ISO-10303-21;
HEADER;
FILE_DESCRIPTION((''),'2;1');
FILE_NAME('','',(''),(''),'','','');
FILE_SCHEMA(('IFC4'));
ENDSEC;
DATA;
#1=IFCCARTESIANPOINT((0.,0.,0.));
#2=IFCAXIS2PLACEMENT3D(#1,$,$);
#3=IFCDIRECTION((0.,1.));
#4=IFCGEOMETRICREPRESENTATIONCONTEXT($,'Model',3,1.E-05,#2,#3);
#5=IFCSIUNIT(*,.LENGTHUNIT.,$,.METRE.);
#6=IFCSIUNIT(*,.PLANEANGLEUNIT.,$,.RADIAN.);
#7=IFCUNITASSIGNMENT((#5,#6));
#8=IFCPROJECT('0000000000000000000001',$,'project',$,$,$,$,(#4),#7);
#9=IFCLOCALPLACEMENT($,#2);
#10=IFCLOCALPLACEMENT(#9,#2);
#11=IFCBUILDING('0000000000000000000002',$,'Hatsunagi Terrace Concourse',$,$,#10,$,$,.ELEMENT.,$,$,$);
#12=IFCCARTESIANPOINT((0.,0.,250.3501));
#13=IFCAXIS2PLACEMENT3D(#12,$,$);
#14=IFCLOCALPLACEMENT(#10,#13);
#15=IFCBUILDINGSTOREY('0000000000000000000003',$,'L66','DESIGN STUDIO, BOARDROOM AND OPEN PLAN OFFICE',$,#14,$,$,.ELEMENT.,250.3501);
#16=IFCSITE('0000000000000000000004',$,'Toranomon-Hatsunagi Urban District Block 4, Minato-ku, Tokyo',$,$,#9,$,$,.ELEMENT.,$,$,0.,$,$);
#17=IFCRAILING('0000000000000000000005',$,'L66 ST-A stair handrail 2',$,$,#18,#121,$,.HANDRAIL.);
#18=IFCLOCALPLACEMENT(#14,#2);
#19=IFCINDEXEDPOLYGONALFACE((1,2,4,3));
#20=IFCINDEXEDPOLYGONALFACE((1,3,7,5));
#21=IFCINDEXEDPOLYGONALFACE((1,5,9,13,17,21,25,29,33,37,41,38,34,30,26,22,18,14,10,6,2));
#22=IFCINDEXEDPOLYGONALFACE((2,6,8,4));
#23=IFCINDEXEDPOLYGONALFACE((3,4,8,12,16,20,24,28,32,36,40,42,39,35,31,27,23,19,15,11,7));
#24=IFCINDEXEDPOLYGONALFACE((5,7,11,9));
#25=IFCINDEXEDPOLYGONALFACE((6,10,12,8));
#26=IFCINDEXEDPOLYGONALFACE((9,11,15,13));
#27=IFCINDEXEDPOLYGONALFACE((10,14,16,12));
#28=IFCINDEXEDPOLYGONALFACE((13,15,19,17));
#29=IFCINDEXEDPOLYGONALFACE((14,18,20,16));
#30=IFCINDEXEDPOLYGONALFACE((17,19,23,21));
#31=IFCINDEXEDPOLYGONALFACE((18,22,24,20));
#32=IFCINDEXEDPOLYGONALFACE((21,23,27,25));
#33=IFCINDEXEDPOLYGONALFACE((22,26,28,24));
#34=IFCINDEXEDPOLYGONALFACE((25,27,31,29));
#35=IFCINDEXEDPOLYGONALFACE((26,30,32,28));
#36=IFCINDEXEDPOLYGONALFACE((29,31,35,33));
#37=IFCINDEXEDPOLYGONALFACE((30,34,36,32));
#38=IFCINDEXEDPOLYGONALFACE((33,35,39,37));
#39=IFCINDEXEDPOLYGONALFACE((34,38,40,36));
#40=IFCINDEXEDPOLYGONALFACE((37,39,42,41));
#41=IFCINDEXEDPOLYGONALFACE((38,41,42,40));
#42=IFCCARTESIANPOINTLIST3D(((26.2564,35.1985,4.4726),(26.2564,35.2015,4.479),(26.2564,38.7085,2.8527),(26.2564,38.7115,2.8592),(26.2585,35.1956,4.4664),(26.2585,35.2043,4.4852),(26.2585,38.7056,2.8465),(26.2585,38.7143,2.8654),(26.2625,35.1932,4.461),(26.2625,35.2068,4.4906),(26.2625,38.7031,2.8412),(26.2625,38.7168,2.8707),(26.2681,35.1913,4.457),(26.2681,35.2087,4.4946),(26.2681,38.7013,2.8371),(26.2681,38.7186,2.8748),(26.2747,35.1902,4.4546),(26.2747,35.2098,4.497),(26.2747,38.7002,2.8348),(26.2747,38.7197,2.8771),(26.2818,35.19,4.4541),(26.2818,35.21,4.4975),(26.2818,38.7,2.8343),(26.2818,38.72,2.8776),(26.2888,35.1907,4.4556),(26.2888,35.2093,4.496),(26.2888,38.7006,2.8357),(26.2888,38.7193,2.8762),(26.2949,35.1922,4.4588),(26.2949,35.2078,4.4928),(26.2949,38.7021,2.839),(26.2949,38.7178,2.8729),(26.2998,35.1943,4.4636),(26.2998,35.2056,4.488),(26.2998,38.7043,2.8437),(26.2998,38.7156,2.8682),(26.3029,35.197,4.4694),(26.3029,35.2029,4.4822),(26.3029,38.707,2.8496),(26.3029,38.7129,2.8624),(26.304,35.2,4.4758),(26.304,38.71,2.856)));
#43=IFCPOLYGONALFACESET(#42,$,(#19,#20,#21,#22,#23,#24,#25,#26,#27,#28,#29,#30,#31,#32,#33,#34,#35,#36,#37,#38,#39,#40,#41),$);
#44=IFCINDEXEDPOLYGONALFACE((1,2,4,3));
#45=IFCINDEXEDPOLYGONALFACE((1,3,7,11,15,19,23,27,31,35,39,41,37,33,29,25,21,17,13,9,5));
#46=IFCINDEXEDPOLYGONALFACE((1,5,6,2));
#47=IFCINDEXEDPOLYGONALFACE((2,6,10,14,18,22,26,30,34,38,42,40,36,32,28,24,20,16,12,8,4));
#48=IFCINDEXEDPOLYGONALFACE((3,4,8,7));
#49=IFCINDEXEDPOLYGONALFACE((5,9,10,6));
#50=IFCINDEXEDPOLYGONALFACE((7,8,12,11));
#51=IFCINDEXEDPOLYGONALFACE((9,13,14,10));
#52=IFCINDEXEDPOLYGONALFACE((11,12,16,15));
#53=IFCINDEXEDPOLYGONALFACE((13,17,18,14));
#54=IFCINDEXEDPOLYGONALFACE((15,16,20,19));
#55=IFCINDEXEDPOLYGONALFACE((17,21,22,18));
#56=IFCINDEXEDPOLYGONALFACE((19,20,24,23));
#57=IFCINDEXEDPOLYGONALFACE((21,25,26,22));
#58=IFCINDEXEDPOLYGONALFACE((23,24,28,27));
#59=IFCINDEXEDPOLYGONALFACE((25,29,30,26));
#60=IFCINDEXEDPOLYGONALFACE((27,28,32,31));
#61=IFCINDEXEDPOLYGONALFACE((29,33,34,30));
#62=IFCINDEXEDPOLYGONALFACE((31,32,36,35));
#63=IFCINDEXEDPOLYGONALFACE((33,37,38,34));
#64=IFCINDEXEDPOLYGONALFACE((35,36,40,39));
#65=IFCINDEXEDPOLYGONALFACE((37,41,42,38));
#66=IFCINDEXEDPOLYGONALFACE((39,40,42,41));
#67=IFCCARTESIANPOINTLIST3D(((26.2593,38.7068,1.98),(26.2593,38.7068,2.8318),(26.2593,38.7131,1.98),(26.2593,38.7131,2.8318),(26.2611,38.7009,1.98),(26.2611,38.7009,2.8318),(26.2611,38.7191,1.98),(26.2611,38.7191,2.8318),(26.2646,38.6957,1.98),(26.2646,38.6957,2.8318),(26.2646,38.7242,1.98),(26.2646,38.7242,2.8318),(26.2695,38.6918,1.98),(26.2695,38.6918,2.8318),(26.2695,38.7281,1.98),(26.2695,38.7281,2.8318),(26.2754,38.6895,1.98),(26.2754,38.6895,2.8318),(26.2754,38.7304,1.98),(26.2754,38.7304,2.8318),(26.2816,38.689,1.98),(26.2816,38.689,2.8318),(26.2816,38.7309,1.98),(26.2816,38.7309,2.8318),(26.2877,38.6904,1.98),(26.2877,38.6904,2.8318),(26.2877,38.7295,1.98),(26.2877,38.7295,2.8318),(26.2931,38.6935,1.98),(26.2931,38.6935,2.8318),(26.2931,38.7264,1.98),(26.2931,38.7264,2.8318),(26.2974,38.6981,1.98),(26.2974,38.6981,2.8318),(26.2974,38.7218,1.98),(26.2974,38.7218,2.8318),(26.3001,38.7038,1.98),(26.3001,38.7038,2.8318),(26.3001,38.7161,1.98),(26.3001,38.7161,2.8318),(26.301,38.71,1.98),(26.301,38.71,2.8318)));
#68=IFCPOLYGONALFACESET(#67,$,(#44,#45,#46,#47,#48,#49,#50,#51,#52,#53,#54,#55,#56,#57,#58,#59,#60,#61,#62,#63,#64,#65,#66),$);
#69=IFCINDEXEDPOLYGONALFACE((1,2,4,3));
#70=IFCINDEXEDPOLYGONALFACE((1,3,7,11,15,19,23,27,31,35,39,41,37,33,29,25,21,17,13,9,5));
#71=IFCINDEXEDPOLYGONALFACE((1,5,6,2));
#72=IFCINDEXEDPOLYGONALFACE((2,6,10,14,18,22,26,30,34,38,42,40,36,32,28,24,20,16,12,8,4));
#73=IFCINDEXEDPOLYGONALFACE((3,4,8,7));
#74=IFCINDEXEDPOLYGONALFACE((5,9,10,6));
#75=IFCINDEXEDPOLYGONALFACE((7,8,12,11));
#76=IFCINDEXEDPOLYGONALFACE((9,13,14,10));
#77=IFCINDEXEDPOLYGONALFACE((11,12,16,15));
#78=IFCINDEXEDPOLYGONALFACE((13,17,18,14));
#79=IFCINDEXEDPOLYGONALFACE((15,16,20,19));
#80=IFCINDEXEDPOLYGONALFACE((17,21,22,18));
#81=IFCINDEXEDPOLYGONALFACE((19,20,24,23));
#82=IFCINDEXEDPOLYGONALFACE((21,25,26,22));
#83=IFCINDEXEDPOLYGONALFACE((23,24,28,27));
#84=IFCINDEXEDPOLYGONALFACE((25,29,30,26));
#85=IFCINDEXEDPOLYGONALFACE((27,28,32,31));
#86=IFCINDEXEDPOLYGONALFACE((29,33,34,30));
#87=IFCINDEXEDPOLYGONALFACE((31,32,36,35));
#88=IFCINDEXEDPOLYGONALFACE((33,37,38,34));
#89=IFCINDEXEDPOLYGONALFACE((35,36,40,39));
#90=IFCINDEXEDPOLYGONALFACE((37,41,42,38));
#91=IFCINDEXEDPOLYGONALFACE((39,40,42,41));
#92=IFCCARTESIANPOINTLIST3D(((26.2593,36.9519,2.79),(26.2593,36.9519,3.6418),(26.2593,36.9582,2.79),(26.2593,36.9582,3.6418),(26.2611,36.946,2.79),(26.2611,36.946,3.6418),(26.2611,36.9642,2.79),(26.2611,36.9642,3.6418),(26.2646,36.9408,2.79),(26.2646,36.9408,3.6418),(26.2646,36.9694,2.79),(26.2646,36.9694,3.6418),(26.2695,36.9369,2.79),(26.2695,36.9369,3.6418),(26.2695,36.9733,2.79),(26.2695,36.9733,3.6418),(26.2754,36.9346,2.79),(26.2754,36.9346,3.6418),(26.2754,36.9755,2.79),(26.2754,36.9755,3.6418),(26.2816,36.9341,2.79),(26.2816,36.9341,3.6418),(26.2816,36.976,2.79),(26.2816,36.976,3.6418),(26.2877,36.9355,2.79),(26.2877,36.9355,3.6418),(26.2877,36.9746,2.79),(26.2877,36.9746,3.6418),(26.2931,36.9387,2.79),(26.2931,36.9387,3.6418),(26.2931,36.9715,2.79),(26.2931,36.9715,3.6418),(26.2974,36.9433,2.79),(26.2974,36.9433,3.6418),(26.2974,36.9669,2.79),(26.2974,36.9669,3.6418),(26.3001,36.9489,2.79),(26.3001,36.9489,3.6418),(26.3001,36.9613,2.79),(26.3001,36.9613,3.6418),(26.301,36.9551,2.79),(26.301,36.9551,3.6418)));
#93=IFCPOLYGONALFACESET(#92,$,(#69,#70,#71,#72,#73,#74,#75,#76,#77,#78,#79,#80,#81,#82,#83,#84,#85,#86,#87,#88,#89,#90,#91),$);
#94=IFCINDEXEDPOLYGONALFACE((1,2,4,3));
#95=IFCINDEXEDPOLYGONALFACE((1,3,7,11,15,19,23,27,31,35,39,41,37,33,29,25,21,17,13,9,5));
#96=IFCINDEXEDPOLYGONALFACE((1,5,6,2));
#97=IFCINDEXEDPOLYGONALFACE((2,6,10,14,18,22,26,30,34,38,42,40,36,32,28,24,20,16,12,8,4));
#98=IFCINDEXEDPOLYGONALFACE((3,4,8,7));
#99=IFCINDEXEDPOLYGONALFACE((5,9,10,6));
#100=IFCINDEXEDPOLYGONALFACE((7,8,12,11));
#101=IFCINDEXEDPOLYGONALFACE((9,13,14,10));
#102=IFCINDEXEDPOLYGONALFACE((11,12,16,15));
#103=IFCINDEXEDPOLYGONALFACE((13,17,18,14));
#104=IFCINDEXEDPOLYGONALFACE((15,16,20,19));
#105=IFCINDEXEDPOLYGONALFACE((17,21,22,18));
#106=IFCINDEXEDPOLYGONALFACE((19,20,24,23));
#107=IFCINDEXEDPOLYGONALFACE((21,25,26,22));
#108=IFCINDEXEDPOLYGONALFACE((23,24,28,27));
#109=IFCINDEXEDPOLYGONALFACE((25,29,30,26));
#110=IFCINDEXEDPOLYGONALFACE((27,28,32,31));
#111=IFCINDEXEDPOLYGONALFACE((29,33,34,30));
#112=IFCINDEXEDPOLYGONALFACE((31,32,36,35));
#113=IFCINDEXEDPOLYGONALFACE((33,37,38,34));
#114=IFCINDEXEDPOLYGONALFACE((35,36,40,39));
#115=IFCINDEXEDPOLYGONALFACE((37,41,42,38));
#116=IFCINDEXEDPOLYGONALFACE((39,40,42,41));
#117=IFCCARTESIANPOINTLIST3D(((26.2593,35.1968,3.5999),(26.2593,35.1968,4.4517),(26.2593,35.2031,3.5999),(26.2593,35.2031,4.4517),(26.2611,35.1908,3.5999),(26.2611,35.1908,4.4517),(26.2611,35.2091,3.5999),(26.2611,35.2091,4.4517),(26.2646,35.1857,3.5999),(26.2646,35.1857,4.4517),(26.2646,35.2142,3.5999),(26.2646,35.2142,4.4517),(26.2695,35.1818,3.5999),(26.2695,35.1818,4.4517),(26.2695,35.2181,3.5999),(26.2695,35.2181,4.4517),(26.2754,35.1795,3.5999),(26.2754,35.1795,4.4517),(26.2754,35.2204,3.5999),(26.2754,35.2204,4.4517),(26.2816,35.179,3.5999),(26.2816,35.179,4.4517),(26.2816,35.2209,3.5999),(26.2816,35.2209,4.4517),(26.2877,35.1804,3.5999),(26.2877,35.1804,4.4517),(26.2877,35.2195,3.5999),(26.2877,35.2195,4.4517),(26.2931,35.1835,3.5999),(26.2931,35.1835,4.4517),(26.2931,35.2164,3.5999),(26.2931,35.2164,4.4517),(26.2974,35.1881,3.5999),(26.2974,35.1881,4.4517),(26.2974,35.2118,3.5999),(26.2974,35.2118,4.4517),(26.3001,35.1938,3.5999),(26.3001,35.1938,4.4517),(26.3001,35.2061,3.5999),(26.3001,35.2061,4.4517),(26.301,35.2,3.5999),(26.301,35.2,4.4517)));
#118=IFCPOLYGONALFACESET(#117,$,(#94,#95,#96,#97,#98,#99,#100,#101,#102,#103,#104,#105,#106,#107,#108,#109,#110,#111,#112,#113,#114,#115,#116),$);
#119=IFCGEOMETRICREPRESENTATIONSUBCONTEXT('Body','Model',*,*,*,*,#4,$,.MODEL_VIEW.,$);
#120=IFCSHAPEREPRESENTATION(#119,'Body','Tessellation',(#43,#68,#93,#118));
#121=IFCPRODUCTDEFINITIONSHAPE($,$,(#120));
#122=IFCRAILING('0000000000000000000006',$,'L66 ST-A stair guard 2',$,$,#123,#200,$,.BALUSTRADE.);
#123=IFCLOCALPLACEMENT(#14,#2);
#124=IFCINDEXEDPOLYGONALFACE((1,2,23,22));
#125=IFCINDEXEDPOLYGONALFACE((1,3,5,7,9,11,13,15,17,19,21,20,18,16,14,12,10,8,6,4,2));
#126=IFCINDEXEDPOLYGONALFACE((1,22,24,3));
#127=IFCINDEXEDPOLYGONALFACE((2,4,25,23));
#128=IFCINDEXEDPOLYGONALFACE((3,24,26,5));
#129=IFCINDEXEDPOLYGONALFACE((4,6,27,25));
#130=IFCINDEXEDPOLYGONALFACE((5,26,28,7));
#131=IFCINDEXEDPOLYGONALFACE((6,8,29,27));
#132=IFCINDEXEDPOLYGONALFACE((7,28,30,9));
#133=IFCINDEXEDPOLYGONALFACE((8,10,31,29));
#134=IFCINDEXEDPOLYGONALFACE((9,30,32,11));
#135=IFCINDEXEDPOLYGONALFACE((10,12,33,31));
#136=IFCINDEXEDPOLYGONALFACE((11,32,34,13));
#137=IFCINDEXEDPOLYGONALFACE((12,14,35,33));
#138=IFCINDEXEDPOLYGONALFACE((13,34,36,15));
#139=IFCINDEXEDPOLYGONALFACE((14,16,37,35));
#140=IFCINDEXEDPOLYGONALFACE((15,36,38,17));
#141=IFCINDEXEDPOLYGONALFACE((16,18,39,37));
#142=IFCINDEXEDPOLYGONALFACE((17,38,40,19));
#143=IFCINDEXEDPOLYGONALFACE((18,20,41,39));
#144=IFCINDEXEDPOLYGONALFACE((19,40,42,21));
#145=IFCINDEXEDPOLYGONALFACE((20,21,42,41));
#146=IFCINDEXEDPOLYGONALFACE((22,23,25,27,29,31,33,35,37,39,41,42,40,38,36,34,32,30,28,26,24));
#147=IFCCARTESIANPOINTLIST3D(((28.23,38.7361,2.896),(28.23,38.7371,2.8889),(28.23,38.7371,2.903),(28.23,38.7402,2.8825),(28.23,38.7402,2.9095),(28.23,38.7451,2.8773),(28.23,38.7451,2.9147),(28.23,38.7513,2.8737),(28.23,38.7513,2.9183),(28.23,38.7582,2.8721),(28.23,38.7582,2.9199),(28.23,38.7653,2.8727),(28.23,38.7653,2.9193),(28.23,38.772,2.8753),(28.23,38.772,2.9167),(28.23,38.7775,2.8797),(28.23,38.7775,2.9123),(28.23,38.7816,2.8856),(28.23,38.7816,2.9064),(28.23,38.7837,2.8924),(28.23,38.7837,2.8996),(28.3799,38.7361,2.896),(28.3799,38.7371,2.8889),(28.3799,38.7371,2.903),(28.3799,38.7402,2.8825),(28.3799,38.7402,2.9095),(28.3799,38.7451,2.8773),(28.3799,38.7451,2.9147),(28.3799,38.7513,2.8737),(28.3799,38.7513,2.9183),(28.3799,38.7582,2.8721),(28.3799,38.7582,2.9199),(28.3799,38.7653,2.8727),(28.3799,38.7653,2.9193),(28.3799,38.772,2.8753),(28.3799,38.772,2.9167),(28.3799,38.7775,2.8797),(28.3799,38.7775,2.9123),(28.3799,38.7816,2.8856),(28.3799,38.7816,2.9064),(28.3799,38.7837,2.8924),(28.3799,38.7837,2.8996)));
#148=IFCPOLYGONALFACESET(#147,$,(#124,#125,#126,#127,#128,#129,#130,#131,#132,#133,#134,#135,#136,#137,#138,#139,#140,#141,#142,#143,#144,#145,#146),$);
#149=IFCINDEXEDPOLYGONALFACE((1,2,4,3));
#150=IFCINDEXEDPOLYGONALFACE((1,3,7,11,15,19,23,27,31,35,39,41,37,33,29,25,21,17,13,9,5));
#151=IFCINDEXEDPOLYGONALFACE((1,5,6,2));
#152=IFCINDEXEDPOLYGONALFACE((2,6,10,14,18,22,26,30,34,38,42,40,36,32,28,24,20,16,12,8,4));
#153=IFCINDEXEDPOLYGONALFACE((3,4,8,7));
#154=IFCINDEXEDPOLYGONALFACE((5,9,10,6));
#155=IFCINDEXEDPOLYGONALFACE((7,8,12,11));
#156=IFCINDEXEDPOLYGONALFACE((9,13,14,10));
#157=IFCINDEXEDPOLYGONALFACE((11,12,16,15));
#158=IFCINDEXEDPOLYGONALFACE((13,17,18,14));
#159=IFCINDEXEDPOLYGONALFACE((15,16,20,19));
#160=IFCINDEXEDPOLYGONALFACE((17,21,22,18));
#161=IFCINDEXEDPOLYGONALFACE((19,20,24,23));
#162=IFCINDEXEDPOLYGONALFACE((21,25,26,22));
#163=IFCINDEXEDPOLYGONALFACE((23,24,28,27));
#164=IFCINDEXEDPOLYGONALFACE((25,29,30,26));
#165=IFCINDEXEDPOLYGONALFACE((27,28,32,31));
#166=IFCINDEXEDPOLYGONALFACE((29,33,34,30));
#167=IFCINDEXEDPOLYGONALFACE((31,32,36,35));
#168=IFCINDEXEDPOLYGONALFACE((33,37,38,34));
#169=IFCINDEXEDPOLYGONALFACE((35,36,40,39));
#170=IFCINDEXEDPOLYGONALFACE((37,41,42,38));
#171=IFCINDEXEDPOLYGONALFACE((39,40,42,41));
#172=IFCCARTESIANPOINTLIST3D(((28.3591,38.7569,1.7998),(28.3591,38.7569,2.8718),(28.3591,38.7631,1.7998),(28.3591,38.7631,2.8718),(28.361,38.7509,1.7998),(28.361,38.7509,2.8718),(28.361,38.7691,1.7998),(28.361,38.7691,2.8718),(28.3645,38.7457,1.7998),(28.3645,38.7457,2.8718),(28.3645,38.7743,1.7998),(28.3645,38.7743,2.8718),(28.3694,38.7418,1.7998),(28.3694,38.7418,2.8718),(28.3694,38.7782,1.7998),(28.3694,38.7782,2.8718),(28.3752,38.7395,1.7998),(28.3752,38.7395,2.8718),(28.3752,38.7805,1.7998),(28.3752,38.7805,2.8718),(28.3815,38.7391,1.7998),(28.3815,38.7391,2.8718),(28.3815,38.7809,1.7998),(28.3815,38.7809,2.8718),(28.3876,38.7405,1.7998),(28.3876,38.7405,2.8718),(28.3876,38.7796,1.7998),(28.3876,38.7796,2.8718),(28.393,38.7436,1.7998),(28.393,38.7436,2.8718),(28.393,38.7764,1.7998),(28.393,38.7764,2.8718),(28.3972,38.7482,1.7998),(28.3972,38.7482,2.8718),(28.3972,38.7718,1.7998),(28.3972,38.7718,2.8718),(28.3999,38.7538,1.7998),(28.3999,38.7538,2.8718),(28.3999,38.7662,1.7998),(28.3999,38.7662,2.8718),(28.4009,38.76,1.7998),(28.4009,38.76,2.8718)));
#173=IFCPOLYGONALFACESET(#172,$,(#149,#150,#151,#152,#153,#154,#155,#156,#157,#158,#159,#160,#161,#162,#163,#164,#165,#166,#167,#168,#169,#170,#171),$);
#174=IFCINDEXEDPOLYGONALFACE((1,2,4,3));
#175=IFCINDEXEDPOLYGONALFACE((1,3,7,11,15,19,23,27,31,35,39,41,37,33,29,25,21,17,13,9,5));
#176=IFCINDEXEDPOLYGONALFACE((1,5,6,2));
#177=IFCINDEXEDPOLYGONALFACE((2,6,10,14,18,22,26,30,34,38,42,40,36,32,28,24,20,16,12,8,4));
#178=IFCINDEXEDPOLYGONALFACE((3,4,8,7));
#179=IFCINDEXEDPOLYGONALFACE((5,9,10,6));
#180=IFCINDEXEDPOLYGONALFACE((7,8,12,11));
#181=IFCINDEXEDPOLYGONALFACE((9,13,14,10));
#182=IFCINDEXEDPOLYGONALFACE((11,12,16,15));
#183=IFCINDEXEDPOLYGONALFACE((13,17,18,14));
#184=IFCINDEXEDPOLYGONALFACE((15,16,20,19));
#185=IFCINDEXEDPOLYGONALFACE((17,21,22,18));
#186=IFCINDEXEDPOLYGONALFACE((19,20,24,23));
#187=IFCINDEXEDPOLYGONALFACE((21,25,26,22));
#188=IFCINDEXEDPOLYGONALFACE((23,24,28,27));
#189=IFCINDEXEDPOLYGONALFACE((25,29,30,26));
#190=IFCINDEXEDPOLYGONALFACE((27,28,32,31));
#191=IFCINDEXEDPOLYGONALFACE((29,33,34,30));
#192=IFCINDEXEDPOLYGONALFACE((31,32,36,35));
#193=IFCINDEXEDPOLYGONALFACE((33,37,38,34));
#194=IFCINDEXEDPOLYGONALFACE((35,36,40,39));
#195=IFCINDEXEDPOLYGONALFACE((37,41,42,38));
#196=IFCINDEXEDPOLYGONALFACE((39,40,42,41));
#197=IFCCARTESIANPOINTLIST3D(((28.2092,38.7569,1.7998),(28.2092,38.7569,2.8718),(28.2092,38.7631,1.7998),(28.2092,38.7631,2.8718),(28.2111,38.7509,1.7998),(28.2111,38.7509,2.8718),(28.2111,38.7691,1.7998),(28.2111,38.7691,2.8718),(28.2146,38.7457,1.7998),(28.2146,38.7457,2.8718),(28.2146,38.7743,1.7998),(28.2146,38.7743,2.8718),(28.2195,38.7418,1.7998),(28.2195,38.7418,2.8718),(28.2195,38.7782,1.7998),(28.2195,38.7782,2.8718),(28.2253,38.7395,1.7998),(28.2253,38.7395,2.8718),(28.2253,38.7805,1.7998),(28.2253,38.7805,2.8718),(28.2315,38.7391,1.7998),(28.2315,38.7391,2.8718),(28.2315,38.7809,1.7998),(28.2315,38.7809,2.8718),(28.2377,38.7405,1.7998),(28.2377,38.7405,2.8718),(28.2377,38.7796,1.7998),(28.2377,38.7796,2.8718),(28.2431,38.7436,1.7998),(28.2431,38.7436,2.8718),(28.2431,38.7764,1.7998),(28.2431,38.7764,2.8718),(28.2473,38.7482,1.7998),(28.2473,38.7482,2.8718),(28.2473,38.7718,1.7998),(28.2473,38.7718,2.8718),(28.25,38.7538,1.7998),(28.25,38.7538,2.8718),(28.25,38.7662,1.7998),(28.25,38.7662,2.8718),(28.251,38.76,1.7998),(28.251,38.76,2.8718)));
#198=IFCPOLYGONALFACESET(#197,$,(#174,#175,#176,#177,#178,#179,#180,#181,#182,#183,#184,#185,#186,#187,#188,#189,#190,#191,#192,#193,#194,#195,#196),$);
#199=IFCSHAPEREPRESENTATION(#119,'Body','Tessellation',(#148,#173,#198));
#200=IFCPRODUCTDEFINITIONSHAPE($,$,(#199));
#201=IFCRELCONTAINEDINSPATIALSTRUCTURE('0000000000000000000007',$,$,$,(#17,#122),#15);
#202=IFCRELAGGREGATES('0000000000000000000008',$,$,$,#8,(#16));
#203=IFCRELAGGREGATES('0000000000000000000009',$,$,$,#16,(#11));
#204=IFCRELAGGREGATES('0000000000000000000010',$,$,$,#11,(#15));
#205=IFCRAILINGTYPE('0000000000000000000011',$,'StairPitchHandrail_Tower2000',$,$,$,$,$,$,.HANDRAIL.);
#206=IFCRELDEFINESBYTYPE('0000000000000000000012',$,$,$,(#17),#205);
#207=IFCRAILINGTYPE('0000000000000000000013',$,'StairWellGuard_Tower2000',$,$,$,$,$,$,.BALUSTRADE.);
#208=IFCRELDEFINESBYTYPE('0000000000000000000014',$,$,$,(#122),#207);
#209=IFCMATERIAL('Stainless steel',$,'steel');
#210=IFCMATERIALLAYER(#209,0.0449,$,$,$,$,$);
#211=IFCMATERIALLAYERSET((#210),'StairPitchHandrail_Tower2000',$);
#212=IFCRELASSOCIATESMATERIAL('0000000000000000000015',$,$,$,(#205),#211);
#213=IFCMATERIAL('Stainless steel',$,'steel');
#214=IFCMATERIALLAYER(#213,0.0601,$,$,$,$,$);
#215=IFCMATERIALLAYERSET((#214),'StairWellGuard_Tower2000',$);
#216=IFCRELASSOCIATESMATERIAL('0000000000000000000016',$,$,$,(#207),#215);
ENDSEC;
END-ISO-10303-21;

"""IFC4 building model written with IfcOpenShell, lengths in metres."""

from ifc_helpers import new_model, si_unit, direction, frame, origin, origin_2d, place, context, subcontext, project, spatial, circle, extrude, material, layer, layer_set, type_object, element, save


model = new_model("IFC4")

# Units and contexts
model_context = context("Model", 3, precision=1e-05, world=origin(), true_north=direction((0.0, 1.0)))
body_context = subcontext(model_context, "Body", "Model", "MODEL_VIEW")
ifc_project = project(units=[si_unit("LENGTHUNIT", "METRE"), si_unit("PLANEANGLEUNIT", "RADIAN")], contexts=[model_context])

# Site, building, storey
site_placement = place(None, origin())
site = spatial("IfcSite", under=ifc_project, at=site_placement, Name="Toranomon-Hatsunagi Urban District Block 4, Minato-ku, Tokyo", CompositionType="ELEMENT", RefElevation=0.0)
building_placement = place(site_placement, origin())
building = spatial("IfcBuilding", under=site, at=building_placement, Name="Hatsunagi Terrace Concourse", CompositionType="ELEMENT")
storey_placement = place(building_placement, frame((0.0, 0.0, 250.3501)))
storey = spatial("IfcBuildingStorey", under=building, at=storey_placement, Name="L66", Description="DESIGN STUDIO, BOARDROOM AND OPEN PLAN OFFICE", CompositionType="ELEMENT", Elevation=250.3501)

# Railings
ifc_material_1 = material(Name="Stainless steel", Category="steel")
ifc_layer_1 = layer(ifc_material_1, 0.0449)
ifc_layer_set_1 = layer_set([ifc_layer_1], Name="StairPitchHandrail_Tower2000")
railing_type_1 = type_object("IfcRailingType", Name="StairPitchHandrail_Tower2000", PredefinedType="HANDRAIL", material=ifc_layer_set_1)
railing_1_placement = place(storey_placement, frame((26.28, 38.71, 1.98)))
element("IfcRailing", 1, at=railing_1_placement, inside=storey, type_object=railing_type_1, Name="L66 ST-A stair handrail 2", PredefinedType="HANDRAIL", context=body_context, shape_type="SweptSolid", body=[
    extrude(circle(Radius=0.0239, at=origin_2d()), frame((0.0, 0.0, 0.876), z_axis=(0.0, -0.907972, 0.41903), x_axis=(1.0, 0.0, 0.0)), (0.0, 0.0, 1.0), 3.8657),
    extrude(circle(Radius=0.021, at=origin_2d()), origin(), (0.0, 0.0, 1.0), 0.8518),
    extrude(circle(Radius=0.021, at=origin_2d()), frame((0.0, -1.7549, 0.8101)), (0.0, 0.0, 1.0), 0.8518),
    extrude(circle(Radius=0.021, at=origin_2d()), frame((0.0, -3.51, 1.6199)), (0.0, 0.0, 1.0), 0.8518),
])
ifc_material_2 = material(Name="Stainless steel", Category="steel")
ifc_layer_2 = layer(ifc_material_2, 0.0601)
ifc_layer_set_2 = layer_set([ifc_layer_2], Name="StairWellGuard_Tower2000")
railing_type_2 = type_object("IfcRailingType", Name="StairWellGuard_Tower2000", PredefinedType="BALUSTRADE", material=ifc_layer_set_2)
railing_2_placement = place(storey_placement, frame((28.3799, 38.76, 1.7998)))
element("IfcRailing", 2, at=railing_2_placement, inside=storey, type_object=railing_type_2, Name="L66 ST-A stair guard 2", PredefinedType="BALUSTRADE", context=body_context, shape_type="SweptSolid", body=[
    extrude(circle(Radius=0.0239, at=origin_2d()), frame((0.0, 0.0, 1.0962), z_axis=(-1.0, 0.0, 0.0), x_axis=(0.0, -1.0, 0.0)), (0.0, 0.0, 1.0), 0.1499),
    extrude(circle(Radius=0.021, at=origin_2d()), origin(), (0.0, 0.0, 1.0), 1.072),
    extrude(circle(Radius=0.021, at=origin_2d()), frame((-0.1499, 0.0, 0.0)), (0.0, 0.0, 1.0), 1.072),
])

save(model, "model.ifc")
